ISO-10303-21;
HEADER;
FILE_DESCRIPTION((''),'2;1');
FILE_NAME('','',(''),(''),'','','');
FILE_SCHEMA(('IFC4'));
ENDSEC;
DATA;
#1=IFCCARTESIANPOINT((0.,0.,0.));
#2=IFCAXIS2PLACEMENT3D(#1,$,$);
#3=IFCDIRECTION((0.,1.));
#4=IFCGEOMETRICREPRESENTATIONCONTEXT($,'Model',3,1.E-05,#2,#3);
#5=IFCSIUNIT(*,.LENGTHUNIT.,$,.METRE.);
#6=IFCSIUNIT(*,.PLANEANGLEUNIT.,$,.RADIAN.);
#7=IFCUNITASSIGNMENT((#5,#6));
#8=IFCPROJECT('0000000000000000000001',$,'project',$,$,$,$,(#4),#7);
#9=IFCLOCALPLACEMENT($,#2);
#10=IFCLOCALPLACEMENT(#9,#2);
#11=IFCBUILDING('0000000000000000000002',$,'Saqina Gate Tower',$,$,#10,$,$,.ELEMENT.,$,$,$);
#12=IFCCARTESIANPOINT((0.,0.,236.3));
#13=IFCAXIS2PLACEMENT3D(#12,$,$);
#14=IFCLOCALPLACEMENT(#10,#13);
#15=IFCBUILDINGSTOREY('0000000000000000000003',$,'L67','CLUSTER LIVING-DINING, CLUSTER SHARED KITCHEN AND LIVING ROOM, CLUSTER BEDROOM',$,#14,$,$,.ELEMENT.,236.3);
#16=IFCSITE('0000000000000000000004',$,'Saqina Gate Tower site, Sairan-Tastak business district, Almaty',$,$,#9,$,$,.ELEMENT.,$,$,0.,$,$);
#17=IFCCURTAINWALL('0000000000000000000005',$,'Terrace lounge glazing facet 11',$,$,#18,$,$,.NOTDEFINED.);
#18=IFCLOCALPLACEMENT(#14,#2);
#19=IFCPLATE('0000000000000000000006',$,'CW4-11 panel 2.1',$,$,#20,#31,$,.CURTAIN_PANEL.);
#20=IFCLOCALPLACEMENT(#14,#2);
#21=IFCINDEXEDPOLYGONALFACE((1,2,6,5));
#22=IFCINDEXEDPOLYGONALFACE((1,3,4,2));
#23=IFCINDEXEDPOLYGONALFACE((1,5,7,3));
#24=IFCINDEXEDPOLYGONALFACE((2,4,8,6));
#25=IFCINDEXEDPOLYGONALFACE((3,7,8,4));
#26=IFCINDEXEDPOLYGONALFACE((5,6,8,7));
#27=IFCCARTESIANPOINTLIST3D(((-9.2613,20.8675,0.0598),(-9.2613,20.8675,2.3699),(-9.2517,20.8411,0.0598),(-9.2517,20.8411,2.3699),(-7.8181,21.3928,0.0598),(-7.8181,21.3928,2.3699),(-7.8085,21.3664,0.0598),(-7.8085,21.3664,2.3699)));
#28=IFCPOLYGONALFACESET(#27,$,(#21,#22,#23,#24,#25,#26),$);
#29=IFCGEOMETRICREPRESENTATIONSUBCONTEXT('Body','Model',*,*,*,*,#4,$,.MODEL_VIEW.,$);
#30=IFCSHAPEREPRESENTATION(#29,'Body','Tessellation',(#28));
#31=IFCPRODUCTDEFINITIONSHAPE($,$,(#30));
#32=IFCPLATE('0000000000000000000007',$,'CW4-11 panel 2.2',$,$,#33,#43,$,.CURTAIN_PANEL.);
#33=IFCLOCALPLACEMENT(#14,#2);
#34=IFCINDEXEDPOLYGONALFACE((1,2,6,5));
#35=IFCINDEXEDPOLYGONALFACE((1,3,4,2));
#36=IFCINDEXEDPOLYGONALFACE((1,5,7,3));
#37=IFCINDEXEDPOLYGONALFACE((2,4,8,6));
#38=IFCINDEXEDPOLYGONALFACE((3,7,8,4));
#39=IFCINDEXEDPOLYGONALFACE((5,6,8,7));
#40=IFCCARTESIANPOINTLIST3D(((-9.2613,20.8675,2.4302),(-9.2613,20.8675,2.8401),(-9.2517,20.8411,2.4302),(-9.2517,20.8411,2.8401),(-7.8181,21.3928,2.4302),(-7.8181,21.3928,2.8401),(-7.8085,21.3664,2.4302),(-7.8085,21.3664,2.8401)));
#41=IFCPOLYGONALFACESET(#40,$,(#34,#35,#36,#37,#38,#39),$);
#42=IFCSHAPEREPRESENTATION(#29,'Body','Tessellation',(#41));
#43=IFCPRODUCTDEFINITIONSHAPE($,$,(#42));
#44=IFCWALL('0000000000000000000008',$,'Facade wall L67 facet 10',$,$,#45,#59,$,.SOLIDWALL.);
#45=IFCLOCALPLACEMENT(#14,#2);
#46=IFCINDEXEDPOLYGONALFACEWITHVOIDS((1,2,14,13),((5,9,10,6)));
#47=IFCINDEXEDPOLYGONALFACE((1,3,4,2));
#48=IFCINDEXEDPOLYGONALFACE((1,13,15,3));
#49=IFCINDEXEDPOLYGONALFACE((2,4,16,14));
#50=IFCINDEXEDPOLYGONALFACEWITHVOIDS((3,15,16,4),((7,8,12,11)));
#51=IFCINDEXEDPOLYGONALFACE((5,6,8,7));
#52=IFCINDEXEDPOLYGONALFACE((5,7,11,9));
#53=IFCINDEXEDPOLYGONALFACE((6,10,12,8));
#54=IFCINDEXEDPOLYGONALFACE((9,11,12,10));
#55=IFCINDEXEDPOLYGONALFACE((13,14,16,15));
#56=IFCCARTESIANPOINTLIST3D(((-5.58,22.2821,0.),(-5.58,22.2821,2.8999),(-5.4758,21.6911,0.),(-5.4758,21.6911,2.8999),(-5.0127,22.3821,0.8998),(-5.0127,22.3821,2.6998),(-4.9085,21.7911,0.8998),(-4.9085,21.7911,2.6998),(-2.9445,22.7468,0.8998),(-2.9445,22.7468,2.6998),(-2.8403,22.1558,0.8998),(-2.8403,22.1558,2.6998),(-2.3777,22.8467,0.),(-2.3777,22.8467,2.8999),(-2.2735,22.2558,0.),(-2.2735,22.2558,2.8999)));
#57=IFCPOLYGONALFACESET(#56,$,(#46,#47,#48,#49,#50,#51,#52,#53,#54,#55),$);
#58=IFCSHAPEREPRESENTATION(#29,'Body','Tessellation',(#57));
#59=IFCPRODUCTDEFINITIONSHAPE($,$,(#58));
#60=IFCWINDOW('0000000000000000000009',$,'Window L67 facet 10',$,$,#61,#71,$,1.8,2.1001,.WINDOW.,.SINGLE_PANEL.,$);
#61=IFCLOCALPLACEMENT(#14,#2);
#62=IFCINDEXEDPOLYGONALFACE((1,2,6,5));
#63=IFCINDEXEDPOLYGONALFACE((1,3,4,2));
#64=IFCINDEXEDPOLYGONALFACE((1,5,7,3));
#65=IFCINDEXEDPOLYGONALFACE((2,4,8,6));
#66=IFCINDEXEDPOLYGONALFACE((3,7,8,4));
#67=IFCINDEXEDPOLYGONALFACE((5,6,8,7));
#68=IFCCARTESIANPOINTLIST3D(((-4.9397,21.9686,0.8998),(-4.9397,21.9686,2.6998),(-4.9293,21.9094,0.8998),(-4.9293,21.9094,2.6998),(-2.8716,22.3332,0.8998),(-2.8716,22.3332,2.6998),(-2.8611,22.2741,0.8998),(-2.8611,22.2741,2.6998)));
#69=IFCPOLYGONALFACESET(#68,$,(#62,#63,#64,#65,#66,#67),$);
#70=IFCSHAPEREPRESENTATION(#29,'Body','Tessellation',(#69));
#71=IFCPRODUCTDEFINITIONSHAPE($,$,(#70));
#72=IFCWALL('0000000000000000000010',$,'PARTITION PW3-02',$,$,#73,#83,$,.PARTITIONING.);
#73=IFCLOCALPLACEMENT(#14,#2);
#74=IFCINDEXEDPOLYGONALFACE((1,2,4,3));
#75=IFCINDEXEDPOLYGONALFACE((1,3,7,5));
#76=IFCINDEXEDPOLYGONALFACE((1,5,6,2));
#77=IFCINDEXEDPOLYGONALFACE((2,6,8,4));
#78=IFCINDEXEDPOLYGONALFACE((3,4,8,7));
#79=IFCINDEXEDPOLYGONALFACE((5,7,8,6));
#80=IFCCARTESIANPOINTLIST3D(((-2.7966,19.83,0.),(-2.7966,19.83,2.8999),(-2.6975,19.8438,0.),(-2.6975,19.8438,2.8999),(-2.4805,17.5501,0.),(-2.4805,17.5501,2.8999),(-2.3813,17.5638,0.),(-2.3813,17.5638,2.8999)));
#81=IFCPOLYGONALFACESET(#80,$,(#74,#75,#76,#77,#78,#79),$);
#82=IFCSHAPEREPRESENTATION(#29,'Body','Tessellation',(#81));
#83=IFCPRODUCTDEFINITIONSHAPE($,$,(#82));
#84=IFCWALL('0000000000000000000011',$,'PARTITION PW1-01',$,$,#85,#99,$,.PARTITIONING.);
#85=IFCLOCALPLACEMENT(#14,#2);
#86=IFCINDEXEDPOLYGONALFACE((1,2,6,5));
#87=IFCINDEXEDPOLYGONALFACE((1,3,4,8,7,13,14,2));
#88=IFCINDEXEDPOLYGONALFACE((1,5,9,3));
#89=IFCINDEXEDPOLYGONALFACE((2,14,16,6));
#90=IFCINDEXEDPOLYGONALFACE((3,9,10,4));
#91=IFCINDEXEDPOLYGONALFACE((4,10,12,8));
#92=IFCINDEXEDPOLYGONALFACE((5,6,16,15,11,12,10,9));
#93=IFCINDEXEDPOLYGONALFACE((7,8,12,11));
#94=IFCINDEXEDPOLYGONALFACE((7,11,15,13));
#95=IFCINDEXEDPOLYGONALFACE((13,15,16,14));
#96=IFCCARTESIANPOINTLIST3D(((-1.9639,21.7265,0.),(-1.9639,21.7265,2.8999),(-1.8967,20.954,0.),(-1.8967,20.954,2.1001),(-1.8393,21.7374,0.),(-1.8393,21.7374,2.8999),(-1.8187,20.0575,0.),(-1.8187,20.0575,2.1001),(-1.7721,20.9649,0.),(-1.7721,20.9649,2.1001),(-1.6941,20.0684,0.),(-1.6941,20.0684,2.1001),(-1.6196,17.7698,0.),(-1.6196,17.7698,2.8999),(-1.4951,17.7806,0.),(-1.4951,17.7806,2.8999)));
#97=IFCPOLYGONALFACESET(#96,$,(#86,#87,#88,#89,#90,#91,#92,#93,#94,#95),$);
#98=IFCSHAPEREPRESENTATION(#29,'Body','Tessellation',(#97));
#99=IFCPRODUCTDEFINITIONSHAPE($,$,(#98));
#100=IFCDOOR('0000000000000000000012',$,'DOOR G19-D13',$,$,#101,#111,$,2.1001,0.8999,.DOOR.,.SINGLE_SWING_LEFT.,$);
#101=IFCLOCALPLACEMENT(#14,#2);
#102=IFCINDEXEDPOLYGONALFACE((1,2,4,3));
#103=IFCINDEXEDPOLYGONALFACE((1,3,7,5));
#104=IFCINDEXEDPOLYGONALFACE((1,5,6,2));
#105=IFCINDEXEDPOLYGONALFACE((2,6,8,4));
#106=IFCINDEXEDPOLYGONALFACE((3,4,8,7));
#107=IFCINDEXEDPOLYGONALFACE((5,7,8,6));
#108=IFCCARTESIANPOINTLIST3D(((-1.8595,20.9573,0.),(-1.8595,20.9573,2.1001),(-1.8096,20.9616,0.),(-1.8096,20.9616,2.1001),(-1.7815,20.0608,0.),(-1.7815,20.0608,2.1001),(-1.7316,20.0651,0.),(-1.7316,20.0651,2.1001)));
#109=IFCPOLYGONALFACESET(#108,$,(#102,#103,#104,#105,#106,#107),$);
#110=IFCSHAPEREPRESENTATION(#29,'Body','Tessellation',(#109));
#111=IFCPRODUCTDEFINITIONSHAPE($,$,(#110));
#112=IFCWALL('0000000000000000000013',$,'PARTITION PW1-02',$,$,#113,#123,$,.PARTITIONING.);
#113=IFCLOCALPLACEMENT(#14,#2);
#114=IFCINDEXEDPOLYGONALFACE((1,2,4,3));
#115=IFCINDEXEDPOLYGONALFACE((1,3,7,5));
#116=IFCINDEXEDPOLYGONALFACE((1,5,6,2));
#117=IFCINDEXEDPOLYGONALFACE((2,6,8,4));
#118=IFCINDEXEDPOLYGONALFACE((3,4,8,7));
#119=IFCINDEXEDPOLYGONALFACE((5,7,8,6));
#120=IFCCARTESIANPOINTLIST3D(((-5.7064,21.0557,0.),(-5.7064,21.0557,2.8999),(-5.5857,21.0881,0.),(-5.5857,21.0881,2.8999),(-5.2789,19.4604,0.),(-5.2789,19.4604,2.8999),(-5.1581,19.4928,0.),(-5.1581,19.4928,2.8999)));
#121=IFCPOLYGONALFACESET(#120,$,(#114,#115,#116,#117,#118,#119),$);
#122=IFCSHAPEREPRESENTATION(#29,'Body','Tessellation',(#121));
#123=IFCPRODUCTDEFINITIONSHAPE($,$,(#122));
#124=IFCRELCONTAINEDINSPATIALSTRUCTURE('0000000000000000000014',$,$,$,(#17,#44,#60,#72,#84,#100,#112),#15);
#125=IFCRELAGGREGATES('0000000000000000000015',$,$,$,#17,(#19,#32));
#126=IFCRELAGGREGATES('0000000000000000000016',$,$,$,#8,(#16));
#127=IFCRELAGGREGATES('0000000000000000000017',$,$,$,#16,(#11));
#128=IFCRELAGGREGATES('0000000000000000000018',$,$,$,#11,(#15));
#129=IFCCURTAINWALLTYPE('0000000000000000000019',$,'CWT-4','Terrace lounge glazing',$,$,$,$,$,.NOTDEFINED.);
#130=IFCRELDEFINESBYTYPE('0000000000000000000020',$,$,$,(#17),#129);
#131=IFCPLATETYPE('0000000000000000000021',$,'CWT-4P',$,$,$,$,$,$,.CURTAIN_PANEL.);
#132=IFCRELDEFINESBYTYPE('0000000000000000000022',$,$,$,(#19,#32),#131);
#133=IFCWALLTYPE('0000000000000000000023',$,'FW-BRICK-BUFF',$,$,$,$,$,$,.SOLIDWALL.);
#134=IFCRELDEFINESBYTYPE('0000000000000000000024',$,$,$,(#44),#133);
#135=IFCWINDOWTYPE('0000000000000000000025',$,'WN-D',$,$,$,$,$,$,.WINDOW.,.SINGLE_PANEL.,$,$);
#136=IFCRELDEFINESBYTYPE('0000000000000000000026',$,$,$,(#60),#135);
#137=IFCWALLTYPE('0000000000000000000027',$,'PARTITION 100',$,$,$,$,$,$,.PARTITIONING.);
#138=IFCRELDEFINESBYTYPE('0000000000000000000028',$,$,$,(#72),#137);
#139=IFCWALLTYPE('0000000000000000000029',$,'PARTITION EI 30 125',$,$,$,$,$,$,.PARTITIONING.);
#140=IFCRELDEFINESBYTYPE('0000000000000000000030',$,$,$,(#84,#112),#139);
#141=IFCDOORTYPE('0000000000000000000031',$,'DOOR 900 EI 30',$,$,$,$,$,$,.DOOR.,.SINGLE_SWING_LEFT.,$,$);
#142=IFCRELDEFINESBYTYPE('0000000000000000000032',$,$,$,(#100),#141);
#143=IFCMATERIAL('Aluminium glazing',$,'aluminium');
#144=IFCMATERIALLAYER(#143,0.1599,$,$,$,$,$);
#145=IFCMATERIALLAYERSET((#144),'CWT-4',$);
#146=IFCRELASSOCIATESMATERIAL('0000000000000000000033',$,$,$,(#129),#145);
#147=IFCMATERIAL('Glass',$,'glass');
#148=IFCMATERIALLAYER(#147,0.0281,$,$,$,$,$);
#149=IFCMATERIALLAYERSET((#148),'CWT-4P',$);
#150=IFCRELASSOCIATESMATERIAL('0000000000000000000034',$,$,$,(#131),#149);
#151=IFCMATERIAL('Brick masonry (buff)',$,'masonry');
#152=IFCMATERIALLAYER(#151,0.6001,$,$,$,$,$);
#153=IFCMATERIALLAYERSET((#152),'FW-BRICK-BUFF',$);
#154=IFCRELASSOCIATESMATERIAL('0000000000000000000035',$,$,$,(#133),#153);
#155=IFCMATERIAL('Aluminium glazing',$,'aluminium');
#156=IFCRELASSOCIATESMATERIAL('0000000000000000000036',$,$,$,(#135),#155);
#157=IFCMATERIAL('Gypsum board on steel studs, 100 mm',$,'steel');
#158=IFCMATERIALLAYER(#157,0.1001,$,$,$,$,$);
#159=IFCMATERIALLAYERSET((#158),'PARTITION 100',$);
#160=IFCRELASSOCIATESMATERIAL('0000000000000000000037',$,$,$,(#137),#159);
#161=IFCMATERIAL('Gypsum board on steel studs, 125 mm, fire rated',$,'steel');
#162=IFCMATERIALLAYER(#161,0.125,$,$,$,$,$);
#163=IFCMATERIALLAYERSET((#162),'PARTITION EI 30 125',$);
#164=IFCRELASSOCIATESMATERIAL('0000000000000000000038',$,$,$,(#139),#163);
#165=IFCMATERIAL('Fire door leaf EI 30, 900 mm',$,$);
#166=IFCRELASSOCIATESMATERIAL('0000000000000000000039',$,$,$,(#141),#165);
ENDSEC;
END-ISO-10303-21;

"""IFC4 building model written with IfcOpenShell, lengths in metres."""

from ifc_helpers import new_model, si_unit, direction, frame, frame_2d, origin, origin_2d, place, context, subcontext, project, spatial, rectangle, extrude, material, layer, layer_set, type_object, element, fill, aggregate, save


model = new_model("IFC4")

# Units and contexts
model_context = context("Model", 3, precision=1e-05, world=origin(), true_north=direction((0.0, 1.0)))
body_context = subcontext(model_context, "Body", "Model", "MODEL_VIEW")
ifc_project = project(units=[si_unit("LENGTHUNIT", "METRE"), si_unit("PLANEANGLEUNIT", "RADIAN")], contexts=[model_context])

# Site, building, storey
site_placement = place(None, origin())
site = spatial("IfcSite", under=ifc_project, at=site_placement, Name="Saqina Gate Tower site, Sairan-Tastak business district, Almaty", CompositionType="ELEMENT", RefElevation=0.0)
building_placement = place(site_placement, origin())
building = spatial("IfcBuilding", under=site, at=building_placement, Name="Saqina Gate Tower", CompositionType="ELEMENT")
storey_placement = place(building_placement, frame((0.0, 0.0, 236.3)))
storey = spatial("IfcBuildingStorey", under=building, at=storey_placement, Name="L67", Description="CLUSTER LIVING-DINING, CLUSTER SHARED KITCHEN AND LIVING ROOM, CLUSTER BEDROOM", CompositionType="ELEMENT", Elevation=236.3)

# Curtain wall, plates
ifc_material_1 = material(Name="Aluminium glazing", Category="aluminium")
ifc_layer_1 = layer(ifc_material_1, 0.1599)
ifc_layer_set_1 = layer_set([ifc_layer_1], Name="CWT-4")
curtain_wall_type = type_object("IfcCurtainWallType", Name="CWT-4", Description="Terrace lounge glazing", PredefinedType="NOTDEFINED", material=ifc_layer_set_1)
curtain_wall_placement = place(storey_placement, origin())
curtain_wall = element("IfcCurtainWall", 1, at=curtain_wall_placement, inside=storey, type_object=curtain_wall_type, Name="Terrace lounge glazing facet 11", PredefinedType="NOTDEFINED")
ifc_material_2 = material(Name="Glass", Category="glass")
ifc_layer_2 = layer(ifc_material_2, 0.0281)
ifc_layer_set_2 = layer_set([ifc_layer_2], Name="CWT-4P")
plate_type = type_object("IfcPlateType", Name="CWT-4P", PredefinedType="CURTAIN_PANEL", material=ifc_layer_set_2)
plate_1_placement = place(storey_placement, frame((-8.5349, 21.1169, 0.0598), z_axis=(0.0, 0.0, 1.0), x_axis=(-0.939697, -0.342007, 0.0)))
plate_1 = element("IfcPlate", 2, at=plate_1_placement, type_object=plate_type, Name="CW4-11 panel 2.1", PredefinedType="CURTAIN_PANEL", context=body_context, shape_type="SweptSolid", body=[
    extrude(rectangle(XDim=1.5359, YDim=0.0281, at=origin_2d()), origin(), (0.0, 0.0, 1.0), 2.3101),
])
plate_2_placement = place(storey_placement, frame((-8.5349, 21.1169, 2.4302), z_axis=(0.0, 0.0, 1.0), x_axis=(-0.939697, -0.342007, 0.0)))
plate_2 = element("IfcPlate", 3, at=plate_2_placement, type_object=plate_type, Name="CW4-11 panel 2.2", PredefinedType="CURTAIN_PANEL", context=body_context, shape_type="SweptSolid", body=[
    extrude(rectangle(XDim=1.5359, YDim=0.0281, at=origin_2d()), origin(), (0.0, 0.0, 1.0), 0.4099),
])
aggregate(curtain_wall, [plate_1, plate_2])

# Wall, opening, window
ifc_material_3 = material(Name="Brick masonry (buff)", Category="masonry")
ifc_layer_3 = layer(ifc_material_3, 0.6001)
ifc_layer_set_3 = layer_set([ifc_layer_3], Name="FW-BRICK-BUFF")
wall_type_1 = type_object("IfcWallType", Name="FW-BRICK-BUFF", PredefinedType="SOLIDWALL", material=ifc_layer_set_3)
wall_1_placement = place(storey_placement, frame((-2.3254, 22.5513, 0.0), z_axis=(0.0, 0.0, 1.0), x_axis=(-0.984806, -0.173657, 0.0)))
wall_1 = element("IfcWall", 4, at=wall_1_placement, inside=storey, type_object=wall_type_1, Name="Facade wall L67 facet 10", PredefinedType="SOLIDWALL", context=body_context, shape_type="SweptSolid", body=[
    extrude(rectangle(XDim=3.2517, YDim=0.6001, at=frame_2d((1.626, 0.0))), origin(), (0.0, 0.0, 1.0), 2.8999),
])
opening_1_placement = place(wall_1_placement, frame((0.5757, 0.0, 0.8999)))
opening_1 = element("IfcOpeningElement", 5, at=opening_1_placement, cuts=wall_1, PredefinedType="OPENING", context=body_context, shape_type="SweptSolid", body=[
    extrude(rectangle(XDim=2.1001, YDim=1.8, at=frame_2d((1.05, 0.8999))), frame((0.0, 0.312, 0.0), z_axis=(0.0, -1.0, 0.0), x_axis=(1.0, 0.0, 0.0)), (0.0, 0.0, 1.0), 0.624),
])
ifc_material_4 = material(Name="Aluminium glazing", Category="aluminium")
window_type = type_object("IfcWindowType", Name="WN-D", PartitioningType="SINGLE_PANEL", PredefinedType="WINDOW", material=ifc_material_4)
window_placement = place(opening_1_placement, origin())
window = element("IfcWindow", 6, at=window_placement, inside=storey, type_object=window_type, Name="Window L67 facet 10", OverallHeight=1.8, OverallWidth=2.1001, PartitioningType="SINGLE_PANEL", PredefinedType="WINDOW", context=body_context, shape_type="SweptSolid", body=[
    extrude(rectangle(XDim=2.1001, YDim=1.8, at=frame_2d((1.05, 0.8999))), frame((0.0, 0.1799, 0.0), z_axis=(0.0, -1.0, 0.0), x_axis=(1.0, 0.0, 0.0)), (0.0, 0.0, 1.0), 0.0601),
])
fill(opening_1, window)

# Wall
ifc_material_5 = material(Name="Gypsum board on steel studs, 100 mm", Category="steel")
ifc_layer_4 = layer(ifc_material_5, 0.1001)
ifc_layer_set_4 = layer_set([ifc_layer_4], Name="PARTITION 100")
wall_type_2 = type_object("IfcWallType", Name="PARTITION 100", PredefinedType="PARTITIONING", material=ifc_layer_set_4)
wall_2_placement = place(storey_placement, frame((-2.7471, 19.8369, 0.0), z_axis=(0.0, 0.0, 1.0), x_axis=(0.137352, -0.990522, 0.0)))
element("IfcWall", 7, at=wall_2_placement, inside=storey, type_object=wall_type_2, Name="PARTITION PW3-02", PredefinedType="PARTITIONING", context=body_context, shape_type="SweptSolid", body=[
    extrude(rectangle(XDim=2.3018, YDim=0.1001, at=frame_2d((1.1509, 0.0))), origin(), (0.0, 0.0, 1.0), 2.8999),
])

# Wall, opening, door
ifc_material_6 = material(Name="Gypsum board on steel studs, 125 mm, fire rated", Category="steel")
ifc_layer_5 = layer(ifc_material_6, 0.125)
ifc_layer_set_5 = layer_set([ifc_layer_5], Name="PARTITION EI 30 125")
wall_type_3 = type_object("IfcWallType", Name="PARTITION EI 30 125", PredefinedType="PARTITIONING", material=ifc_layer_set_5)
wall_3_placement = place(storey_placement, frame((-1.9016, 21.7319, 0.0), z_axis=(0.0, 0.0, 1.0), x_axis=(0.086672, -0.996237, 0.0)))
wall_3 = element("IfcWall", 8, at=wall_3_placement, inside=storey, type_object=wall_type_3, Name="PARTITION PW1-01", PredefinedType="PARTITIONING", context=body_context, shape_type="SweptSolid", body=[
    extrude(rectangle(XDim=3.9717, YDim=0.125, at=frame_2d((1.9858, 0.0))), origin(), (0.0, 0.0, 1.0), 2.8999),
])
opening_2_placement = place(wall_3_placement, frame((0.7754, 0.0, 0.0)))
opening_2 = element("IfcOpeningElement", 9, at=opening_2_placement, cuts=wall_3, PredefinedType="OPENING", context=body_context, shape_type="SweptSolid", body=[
    extrude(rectangle(XDim=0.8999, YDim=2.1001, at=frame_2d((0.45, 1.05))), frame((0.0, 0.0745, 0.0), z_axis=(0.0, -1.0, 0.0), x_axis=(1.0, 0.0, 0.0)), (0.0, 0.0, 1.0), 0.1489),
])
ifc_material_7 = material(Name="Fire door leaf EI 30, 900 mm")
door_type_1 = type_object("IfcDoorType", Name="DOOR 900 EI 30", OperationType="SINGLE_SWING_LEFT", PredefinedType="DOOR", material=ifc_material_7)
door_1_placement = place(opening_2_placement, origin())
door_1 = element("IfcDoor", 10, at=door_1_placement, inside=storey, type_object=door_type_1, Name="DOOR G19-D13", OperationType="SINGLE_SWING_LEFT", OverallHeight=2.1001, OverallWidth=0.8999, PredefinedType="DOOR", context=body_context, shape_type="SweptSolid", body=[
    extrude(rectangle(XDim=0.8999, YDim=2.1001, at=frame_2d((0.45, 1.05))), frame((0.0, 0.0249, 0.0), z_axis=(0.0, -1.0, 0.0), x_axis=(1.0, 0.0, 0.0)), (0.0, 0.0, 1.0), 0.05),
])
fill(opening_2, door_1)

# Wall
wall_4_placement = place(storey_placement, frame((-5.646, 21.0718, 0.0), z_axis=(0.0, 0.0, 1.0), x_axis=(0.258849, -0.965918, 0.0)))
element("IfcWall", 11, at=wall_4_placement, inside=storey, type_object=wall_type_3, Name="PARTITION PW1-02", PredefinedType="PARTITIONING", context=body_context, shape_type="SweptSolid", body=[
    extrude(rectangle(XDim=1.6516, YDim=0.125, at=frame_2d((0.8257, 0.0))), origin(), (0.0, 0.0, 1.0), 2.8999),
])

save(model, "model.ifc")
